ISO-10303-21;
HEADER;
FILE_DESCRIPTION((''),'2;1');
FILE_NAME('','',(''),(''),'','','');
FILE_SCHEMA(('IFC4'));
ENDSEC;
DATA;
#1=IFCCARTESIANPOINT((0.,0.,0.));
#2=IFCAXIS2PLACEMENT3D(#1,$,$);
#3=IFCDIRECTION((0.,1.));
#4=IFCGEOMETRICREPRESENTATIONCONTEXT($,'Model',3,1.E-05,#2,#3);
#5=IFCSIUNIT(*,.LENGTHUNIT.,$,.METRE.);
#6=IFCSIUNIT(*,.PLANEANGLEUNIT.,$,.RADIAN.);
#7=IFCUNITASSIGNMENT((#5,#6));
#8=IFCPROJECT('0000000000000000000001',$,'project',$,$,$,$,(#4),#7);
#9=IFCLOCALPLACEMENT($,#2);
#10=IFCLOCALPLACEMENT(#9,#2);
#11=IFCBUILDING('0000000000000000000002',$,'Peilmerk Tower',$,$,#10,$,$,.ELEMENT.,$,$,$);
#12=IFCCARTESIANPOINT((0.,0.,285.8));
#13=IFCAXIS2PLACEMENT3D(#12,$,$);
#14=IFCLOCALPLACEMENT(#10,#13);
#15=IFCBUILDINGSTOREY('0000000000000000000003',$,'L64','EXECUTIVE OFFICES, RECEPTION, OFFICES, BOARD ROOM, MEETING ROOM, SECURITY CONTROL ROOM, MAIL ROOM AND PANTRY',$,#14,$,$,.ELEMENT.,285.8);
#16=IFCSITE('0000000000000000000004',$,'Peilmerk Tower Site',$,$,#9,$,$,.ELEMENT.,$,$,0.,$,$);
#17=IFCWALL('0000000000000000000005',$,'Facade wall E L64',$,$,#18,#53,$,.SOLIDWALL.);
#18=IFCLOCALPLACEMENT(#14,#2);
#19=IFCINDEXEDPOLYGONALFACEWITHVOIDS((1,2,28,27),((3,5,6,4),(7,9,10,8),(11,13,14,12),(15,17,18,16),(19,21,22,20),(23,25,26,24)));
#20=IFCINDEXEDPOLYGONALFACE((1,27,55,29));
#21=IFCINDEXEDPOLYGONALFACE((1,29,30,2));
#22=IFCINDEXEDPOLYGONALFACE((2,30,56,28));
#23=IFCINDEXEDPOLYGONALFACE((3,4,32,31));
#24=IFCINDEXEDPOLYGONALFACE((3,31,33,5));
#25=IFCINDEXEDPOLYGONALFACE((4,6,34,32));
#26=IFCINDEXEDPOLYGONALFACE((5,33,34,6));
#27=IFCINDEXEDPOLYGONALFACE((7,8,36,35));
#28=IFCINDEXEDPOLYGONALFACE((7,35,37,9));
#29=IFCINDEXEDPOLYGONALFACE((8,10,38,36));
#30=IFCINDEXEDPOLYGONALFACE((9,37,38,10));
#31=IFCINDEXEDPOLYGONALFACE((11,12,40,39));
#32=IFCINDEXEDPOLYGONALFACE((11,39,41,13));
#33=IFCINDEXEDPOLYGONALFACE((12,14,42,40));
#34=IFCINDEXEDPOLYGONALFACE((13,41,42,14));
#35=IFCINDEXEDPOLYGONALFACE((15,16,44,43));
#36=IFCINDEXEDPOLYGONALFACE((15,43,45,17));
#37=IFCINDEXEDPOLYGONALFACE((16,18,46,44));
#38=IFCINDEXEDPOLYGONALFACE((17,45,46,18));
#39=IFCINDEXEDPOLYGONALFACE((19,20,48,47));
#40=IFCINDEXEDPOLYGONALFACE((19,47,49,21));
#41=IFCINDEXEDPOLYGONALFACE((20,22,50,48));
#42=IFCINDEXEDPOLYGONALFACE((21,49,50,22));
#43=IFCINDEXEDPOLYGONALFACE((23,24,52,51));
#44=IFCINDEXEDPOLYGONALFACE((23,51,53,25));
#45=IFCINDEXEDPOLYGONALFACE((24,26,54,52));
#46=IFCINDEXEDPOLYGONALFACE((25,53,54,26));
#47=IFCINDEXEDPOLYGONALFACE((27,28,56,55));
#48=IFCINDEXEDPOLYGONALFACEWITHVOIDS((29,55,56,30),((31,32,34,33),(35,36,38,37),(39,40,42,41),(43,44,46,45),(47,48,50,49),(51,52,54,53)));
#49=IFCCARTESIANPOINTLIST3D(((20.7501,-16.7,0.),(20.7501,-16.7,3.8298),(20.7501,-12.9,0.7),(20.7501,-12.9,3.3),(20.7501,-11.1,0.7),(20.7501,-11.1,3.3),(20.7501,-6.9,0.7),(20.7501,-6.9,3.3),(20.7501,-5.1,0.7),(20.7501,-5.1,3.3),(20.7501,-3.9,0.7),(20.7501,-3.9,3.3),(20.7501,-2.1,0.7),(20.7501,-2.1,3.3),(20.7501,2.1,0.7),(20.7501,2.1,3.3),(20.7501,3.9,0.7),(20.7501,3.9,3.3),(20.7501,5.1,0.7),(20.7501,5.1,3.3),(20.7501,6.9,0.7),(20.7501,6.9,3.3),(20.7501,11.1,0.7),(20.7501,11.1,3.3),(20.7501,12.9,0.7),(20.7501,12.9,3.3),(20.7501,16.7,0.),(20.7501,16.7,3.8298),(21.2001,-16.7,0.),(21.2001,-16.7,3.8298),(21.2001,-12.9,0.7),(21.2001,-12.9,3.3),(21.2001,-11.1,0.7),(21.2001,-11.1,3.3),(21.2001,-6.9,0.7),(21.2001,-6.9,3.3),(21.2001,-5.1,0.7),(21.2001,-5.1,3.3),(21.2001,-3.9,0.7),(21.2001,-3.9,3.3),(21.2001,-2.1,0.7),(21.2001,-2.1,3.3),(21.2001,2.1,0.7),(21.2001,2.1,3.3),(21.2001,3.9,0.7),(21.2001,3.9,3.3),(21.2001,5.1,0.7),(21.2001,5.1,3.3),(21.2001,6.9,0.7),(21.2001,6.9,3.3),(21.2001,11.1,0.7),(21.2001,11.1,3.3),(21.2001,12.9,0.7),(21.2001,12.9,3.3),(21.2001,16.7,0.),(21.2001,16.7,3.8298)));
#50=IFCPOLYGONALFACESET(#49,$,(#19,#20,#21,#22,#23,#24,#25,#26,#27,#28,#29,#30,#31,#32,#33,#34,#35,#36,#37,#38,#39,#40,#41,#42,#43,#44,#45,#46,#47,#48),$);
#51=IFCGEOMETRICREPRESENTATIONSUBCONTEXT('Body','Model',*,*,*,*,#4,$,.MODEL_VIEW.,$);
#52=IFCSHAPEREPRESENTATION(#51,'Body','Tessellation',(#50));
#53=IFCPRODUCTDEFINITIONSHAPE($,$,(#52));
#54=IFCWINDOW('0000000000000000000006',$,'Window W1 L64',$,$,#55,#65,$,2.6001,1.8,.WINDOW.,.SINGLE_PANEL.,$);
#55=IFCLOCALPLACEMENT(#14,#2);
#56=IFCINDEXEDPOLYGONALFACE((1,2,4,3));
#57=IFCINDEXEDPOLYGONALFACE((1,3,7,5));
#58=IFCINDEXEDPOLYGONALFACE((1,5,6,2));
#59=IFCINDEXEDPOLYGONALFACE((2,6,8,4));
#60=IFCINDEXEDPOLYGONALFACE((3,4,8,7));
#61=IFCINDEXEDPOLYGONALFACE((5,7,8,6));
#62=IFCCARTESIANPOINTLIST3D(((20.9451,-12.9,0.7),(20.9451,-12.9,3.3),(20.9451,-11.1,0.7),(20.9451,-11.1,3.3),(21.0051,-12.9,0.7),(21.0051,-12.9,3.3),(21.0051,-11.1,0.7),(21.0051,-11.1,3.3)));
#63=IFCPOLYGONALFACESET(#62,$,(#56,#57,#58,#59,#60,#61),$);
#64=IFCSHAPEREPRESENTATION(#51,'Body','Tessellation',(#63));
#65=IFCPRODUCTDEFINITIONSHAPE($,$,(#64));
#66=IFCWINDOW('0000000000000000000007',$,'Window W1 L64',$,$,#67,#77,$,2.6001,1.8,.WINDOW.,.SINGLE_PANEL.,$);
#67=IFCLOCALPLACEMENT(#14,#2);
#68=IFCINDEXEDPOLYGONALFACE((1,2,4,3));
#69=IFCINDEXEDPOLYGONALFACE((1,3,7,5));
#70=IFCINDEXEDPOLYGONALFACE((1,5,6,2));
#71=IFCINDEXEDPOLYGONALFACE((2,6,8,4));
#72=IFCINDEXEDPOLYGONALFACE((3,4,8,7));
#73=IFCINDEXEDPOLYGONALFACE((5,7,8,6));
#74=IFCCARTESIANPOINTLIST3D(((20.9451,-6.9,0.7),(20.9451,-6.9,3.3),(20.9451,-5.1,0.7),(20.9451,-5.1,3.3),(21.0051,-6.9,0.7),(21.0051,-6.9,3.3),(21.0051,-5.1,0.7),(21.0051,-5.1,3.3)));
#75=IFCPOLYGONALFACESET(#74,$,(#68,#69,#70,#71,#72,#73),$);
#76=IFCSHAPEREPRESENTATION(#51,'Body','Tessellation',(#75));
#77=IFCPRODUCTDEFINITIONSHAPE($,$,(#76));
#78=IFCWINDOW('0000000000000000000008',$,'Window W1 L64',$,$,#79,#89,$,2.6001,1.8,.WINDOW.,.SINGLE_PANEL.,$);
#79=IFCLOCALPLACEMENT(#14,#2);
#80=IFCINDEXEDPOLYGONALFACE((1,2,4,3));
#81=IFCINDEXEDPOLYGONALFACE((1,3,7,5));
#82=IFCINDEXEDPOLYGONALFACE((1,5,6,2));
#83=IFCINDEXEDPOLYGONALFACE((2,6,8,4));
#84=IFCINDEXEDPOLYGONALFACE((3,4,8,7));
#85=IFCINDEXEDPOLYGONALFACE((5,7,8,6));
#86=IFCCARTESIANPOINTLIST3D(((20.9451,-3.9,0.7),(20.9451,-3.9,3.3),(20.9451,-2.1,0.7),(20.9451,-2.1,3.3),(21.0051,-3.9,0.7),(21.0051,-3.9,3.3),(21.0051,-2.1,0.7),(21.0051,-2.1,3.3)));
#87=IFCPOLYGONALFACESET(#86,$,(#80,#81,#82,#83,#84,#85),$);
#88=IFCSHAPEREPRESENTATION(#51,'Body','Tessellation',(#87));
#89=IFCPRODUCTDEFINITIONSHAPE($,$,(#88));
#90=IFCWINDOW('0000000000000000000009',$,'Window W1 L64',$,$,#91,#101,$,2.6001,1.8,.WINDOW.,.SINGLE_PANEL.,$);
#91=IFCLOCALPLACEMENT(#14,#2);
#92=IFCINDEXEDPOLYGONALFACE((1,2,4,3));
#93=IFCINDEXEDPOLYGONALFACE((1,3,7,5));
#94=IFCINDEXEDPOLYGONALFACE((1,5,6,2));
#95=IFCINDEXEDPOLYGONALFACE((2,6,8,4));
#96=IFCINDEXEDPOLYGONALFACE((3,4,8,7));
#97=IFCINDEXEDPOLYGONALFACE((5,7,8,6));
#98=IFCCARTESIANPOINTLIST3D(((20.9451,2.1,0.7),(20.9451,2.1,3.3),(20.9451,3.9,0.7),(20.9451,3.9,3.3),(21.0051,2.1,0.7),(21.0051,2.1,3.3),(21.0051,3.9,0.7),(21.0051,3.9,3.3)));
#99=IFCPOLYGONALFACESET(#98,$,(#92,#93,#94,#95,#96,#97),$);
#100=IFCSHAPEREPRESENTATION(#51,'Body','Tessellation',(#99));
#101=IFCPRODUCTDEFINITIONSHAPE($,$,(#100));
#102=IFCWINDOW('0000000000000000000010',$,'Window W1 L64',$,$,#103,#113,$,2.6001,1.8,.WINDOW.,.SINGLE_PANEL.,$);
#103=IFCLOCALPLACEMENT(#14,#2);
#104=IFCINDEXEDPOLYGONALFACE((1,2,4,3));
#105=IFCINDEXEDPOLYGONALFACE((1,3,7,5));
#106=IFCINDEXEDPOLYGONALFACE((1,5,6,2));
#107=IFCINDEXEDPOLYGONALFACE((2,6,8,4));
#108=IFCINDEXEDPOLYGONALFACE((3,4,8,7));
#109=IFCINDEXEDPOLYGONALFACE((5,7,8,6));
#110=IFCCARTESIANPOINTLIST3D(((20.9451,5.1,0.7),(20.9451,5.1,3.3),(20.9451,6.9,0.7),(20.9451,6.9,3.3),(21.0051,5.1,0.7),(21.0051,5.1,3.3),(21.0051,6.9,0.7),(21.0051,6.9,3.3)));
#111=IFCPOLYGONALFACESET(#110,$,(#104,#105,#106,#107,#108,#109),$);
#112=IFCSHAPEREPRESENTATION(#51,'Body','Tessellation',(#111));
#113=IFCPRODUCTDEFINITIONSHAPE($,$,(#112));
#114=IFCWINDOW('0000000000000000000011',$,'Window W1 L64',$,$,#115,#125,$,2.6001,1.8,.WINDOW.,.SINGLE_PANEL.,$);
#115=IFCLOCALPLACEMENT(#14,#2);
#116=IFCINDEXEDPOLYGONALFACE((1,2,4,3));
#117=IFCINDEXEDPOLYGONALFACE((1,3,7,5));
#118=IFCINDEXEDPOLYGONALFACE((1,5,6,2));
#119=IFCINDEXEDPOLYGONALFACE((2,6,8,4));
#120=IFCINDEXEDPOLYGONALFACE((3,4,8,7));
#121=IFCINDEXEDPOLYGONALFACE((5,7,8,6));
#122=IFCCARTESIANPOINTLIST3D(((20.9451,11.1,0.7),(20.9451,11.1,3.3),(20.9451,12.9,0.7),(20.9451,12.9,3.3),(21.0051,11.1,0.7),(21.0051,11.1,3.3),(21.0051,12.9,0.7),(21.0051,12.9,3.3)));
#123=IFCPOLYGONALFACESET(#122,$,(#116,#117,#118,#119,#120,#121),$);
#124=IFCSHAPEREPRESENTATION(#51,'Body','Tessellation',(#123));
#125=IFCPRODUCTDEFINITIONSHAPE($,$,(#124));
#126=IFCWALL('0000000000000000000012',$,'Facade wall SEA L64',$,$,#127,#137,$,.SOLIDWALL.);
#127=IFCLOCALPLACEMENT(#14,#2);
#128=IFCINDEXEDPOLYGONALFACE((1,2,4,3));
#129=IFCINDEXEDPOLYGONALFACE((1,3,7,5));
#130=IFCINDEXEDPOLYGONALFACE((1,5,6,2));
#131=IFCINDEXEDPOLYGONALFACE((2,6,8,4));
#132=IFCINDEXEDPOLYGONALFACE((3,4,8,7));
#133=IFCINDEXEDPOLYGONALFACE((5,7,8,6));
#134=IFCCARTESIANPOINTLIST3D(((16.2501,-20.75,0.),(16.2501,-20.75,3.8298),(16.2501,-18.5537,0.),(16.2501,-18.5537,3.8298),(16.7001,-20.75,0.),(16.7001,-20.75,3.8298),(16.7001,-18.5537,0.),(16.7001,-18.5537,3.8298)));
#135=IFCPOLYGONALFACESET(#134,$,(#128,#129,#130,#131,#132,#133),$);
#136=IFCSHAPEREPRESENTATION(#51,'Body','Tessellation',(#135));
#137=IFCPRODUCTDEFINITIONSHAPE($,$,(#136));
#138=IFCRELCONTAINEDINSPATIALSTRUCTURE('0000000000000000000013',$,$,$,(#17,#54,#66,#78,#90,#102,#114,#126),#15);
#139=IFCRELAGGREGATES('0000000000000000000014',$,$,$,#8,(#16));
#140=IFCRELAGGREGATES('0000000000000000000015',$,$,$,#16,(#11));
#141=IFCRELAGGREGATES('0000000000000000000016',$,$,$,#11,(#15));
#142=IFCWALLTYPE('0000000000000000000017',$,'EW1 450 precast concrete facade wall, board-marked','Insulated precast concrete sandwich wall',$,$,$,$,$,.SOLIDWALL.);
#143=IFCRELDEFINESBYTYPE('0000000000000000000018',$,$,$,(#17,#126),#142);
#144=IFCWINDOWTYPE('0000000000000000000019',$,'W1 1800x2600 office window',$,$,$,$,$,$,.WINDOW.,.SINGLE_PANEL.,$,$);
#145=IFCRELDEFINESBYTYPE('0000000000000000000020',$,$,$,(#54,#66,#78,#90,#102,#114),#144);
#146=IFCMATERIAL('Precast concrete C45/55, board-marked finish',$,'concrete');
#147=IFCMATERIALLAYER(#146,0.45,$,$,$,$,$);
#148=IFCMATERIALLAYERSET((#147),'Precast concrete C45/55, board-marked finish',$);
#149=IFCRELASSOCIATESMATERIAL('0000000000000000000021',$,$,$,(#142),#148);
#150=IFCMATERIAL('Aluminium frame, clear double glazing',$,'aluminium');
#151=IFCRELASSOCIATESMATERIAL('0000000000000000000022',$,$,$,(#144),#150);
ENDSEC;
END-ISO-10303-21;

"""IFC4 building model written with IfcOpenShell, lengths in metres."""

from ifc_helpers import new_model, si_unit, direction, frame, frame_2d, origin, place, context, subcontext, project, spatial, rectangle, extrude, material, layer, layer_set, type_object, element, fill, save


model = new_model("IFC4")

# Units and contexts
model_context = context("Model", 3, precision=1e-05, world=origin(), true_north=direction((0.0, 1.0)))
body_context = subcontext(model_context, "Body", "Model", "MODEL_VIEW")
ifc_project = project(units=[si_unit("LENGTHUNIT", "METRE"), si_unit("PLANEANGLEUNIT", "RADIAN")], contexts=[model_context])

# Site, building, storey
site_placement = place(None, origin())
site = spatial("IfcSite", under=ifc_project, at=site_placement, Name="Peilmerk Tower Site", CompositionType="ELEMENT", RefElevation=0.0)
building_placement = place(site_placement, origin())
building = spatial("IfcBuilding", under=site, at=building_placement, Name="Peilmerk Tower", CompositionType="ELEMENT")
storey_placement = place(building_placement, frame((0.0, 0.0, 285.8)))
storey = spatial("IfcBuildingStorey", under=building, at=storey_placement, Name="L64", Description="EXECUTIVE OFFICES, RECEPTION, OFFICES, BOARD ROOM, MEETING ROOM, SECURITY CONTROL ROOM, MAIL ROOM AND PANTRY", CompositionType="ELEMENT", Elevation=285.8)

# Wall, openings, windows
ifc_material_1 = material(Name="Precast concrete C45/55, board-marked finish", Category="concrete")
ifc_layer_1 = layer(ifc_material_1, 0.45)
ifc_layer_set_1 = layer_set([ifc_layer_1], Name="Precast concrete C45/55, board-marked finish")
wall_type = type_object("IfcWallType", Name="EW1 450 precast concrete facade wall, board-marked", Description="Insulated precast concrete sandwich wall", PredefinedType="SOLIDWALL", material=ifc_layer_set_1)
wall_1_placement = place(storey_placement, frame((20.9751, -16.7, 0.0), z_axis=(0.0, 0.0, 1.0), x_axis=(0.0, 1.0, 0.0)))
wall_1 = element("IfcWall", 1, at=wall_1_placement, inside=storey, type_object=wall_type, Name="Facade wall E L64", PredefinedType="SOLIDWALL", context=body_context, shape_type="SweptSolid", body=[
    extrude(rectangle(XDim=33.3999, YDim=0.45, at=frame_2d((16.7, 0.0))), origin(), (0.0, 0.0, 1.0), 3.8298),
])
opening_1_placement = place(wall_1_placement, frame((3.8, 0.0, 0.7)))
opening_1 = element("IfcOpeningElement", 2, at=opening_1_placement, cuts=wall_1, PredefinedType="OPENING", context=body_context, shape_type="SweptSolid", body=[
    extrude(rectangle(XDim=1.8, YDim=2.6001, at=frame_2d((0.8999, 1.3))), frame((0.0, 0.2349, 0.0), z_axis=(0.0, -1.0, 0.0), x_axis=(1.0, 0.0, 0.0)), (0.0, 0.0, 1.0), 0.47),
])
opening_2_placement = place(wall_1_placement, frame((9.8, 0.0, 0.7)))
opening_2 = element("IfcOpeningElement", 3, at=opening_2_placement, cuts=wall_1, PredefinedType="OPENING", context=body_context, shape_type="SweptSolid", body=[
    extrude(rectangle(XDim=1.8, YDim=2.6001, at=frame_2d((0.8999, 1.3))), frame((0.0, 0.2349, 0.0), z_axis=(0.0, -1.0, 0.0), x_axis=(1.0, 0.0, 0.0)), (0.0, 0.0, 1.0), 0.47),
])
opening_3_placement = place(wall_1_placement, frame((12.8, 0.0, 0.7)))
opening_3 = element("IfcOpeningElement", 4, at=opening_3_placement, cuts=wall_1, PredefinedType="OPENING", context=body_context, shape_type="SweptSolid", body=[
    extrude(rectangle(XDim=1.8, YDim=2.6001, at=frame_2d((0.8999, 1.3))), frame((0.0, 0.2349, 0.0), z_axis=(0.0, -1.0, 0.0), x_axis=(1.0, 0.0, 0.0)), (0.0, 0.0, 1.0), 0.47),
])
opening_4_placement = place(wall_1_placement, frame((18.8, 0.0, 0.7)))
opening_4 = element("IfcOpeningElement", 5, at=opening_4_placement, cuts=wall_1, PredefinedType="OPENING", context=body_context, shape_type="SweptSolid", body=[
    extrude(rectangle(XDim=1.8, YDim=2.6001, at=frame_2d((0.8999, 1.3))), frame((0.0, 0.2349, 0.0), z_axis=(0.0, -1.0, 0.0), x_axis=(1.0, 0.0, 0.0)), (0.0, 0.0, 1.0), 0.47),
])
opening_5_placement = place(wall_1_placement, frame((21.8, 0.0, 0.7)))
opening_5 = element("IfcOpeningElement", 6, at=opening_5_placement, cuts=wall_1, PredefinedType="OPENING", context=body_context, shape_type="SweptSolid", body=[
    extrude(rectangle(XDim=1.8, YDim=2.6001, at=frame_2d((0.8999, 1.3))), frame((0.0, 0.2349, 0.0), z_axis=(0.0, -1.0, 0.0), x_axis=(1.0, 0.0, 0.0)), (0.0, 0.0, 1.0), 0.47),
])
opening_6_placement = place(wall_1_placement, frame((27.8, 0.0, 0.7)))
opening_6 = element("IfcOpeningElement", 7, at=opening_6_placement, cuts=wall_1, PredefinedType="OPENING", context=body_context, shape_type="SweptSolid", body=[
    extrude(rectangle(XDim=1.8, YDim=2.6001, at=frame_2d((0.8999, 1.3))), frame((0.0, 0.2349, 0.0), z_axis=(0.0, -1.0, 0.0), x_axis=(1.0, 0.0, 0.0)), (0.0, 0.0, 1.0), 0.47),
])
ifc_material_2 = material(Name="Aluminium frame, clear double glazing", Category="aluminium")
window_type = type_object("IfcWindowType", Name="W1 1800x2600 office window", PartitioningType="SINGLE_PANEL", PredefinedType="WINDOW", material=ifc_material_2)
window_1_placement = place(opening_1_placement, origin())
window_1 = element("IfcWindow", 8, at=window_1_placement, inside=storey, type_object=window_type, Name="Window W1 L64", OverallHeight=2.6001, OverallWidth=1.8, PartitioningType="SINGLE_PANEL", PredefinedType="WINDOW", context=body_context, shape_type="SweptSolid", body=[
    extrude(rectangle(XDim=1.8, YDim=2.6001, at=frame_2d((0.8999, 1.3))), frame((0.0, 0.03, 0.0), z_axis=(0.0, -1.0, 0.0), x_axis=(1.0, 0.0, 0.0)), (0.0, 0.0, 1.0), 0.0601),
])
fill(opening_1, window_1)
window_2_placement = place(opening_2_placement, origin())
window_2 = element("IfcWindow", 9, at=window_2_placement, inside=storey, type_object=window_type, Name="Window W1 L64", OverallHeight=2.6001, OverallWidth=1.8, PartitioningType="SINGLE_PANEL", PredefinedType="WINDOW", context=body_context, shape_type="SweptSolid", body=[
    extrude(rectangle(XDim=1.8, YDim=2.6001, at=frame_2d((0.8999, 1.3))), frame((0.0, 0.03, 0.0), z_axis=(0.0, -1.0, 0.0), x_axis=(1.0, 0.0, 0.0)), (0.0, 0.0, 1.0), 0.0601),
])
fill(opening_2, window_2)
window_3_placement = place(opening_3_placement, origin())
window_3 = element("IfcWindow", 10, at=window_3_placement, inside=storey, type_object=window_type, Name="Window W1 L64", OverallHeight=2.6001, OverallWidth=1.8, PartitioningType="SINGLE_PANEL", PredefinedType="WINDOW", context=body_context, shape_type="SweptSolid", body=[
    extrude(rectangle(XDim=1.8, YDim=2.6001, at=frame_2d((0.8999, 1.3))), frame((0.0, 0.03, 0.0), z_axis=(0.0, -1.0, 0.0), x_axis=(1.0, 0.0, 0.0)), (0.0, 0.0, 1.0), 0.0601),
])
fill(opening_3, window_3)
window_4_placement = place(opening_4_placement, origin())
window_4 = element("IfcWindow", 11, at=window_4_placement, inside=storey, type_object=window_type, Name="Window W1 L64", OverallHeight=2.6001, OverallWidth=1.8, PartitioningType="SINGLE_PANEL", PredefinedType="WINDOW", context=body_context, shape_type="SweptSolid", body=[
    extrude(rectangle(XDim=1.8, YDim=2.6001, at=frame_2d((0.8999, 1.3))), frame((0.0, 0.03, 0.0), z_axis=(0.0, -1.0, 0.0), x_axis=(1.0, 0.0, 0.0)), (0.0, 0.0, 1.0), 0.0601),
])
fill(opening_4, window_4)
window_5_placement = place(opening_5_placement, origin())
window_5 = element("IfcWindow", 12, at=window_5_placement, inside=storey, type_object=window_type, Name="Window W1 L64", OverallHeight=2.6001, OverallWidth=1.8, PartitioningType="SINGLE_PANEL", PredefinedType="WINDOW", context=body_context, shape_type="SweptSolid", body=[
    extrude(rectangle(XDim=1.8, YDim=2.6001, at=frame_2d((0.8999, 1.3))), frame((0.0, 0.03, 0.0), z_axis=(0.0, -1.0, 0.0), x_axis=(1.0, 0.0, 0.0)), (0.0, 0.0, 1.0), 0.0601),
])
fill(opening_5, window_5)
window_6_placement = place(opening_6_placement, origin())
window_6 = element("IfcWindow", 13, at=window_6_placement, inside=storey, type_object=window_type, Name="Window W1 L64", OverallHeight=2.6001, OverallWidth=1.8, PartitioningType="SINGLE_PANEL", PredefinedType="WINDOW", context=body_context, shape_type="SweptSolid", body=[
    extrude(rectangle(XDim=1.8, YDim=2.6001, at=frame_2d((0.8999, 1.3))), frame((0.0, 0.03, 0.0), z_axis=(0.0, -1.0, 0.0), x_axis=(1.0, 0.0, 0.0)), (0.0, 0.0, 1.0), 0.0601),
])
fill(opening_6, window_6)

# Wall
wall_2_placement = place(storey_placement, frame((16.4751, -18.5537, 0.0), z_axis=(0.0, 0.0, 1.0), x_axis=(0.0, -1.0, 0.0)))
element("IfcWall", 14, at=wall_2_placement, inside=storey, type_object=wall_type, Name="Facade wall SEA L64", PredefinedType="SOLIDWALL", context=body_context, shape_type="SweptSolid", body=[
    extrude(rectangle(XDim=2.1963, YDim=0.45, at=frame_2d((1.0981, 0.0))), origin(), (0.0, 0.0, 1.0), 3.8298),
])

save(model, "model.ifc")
